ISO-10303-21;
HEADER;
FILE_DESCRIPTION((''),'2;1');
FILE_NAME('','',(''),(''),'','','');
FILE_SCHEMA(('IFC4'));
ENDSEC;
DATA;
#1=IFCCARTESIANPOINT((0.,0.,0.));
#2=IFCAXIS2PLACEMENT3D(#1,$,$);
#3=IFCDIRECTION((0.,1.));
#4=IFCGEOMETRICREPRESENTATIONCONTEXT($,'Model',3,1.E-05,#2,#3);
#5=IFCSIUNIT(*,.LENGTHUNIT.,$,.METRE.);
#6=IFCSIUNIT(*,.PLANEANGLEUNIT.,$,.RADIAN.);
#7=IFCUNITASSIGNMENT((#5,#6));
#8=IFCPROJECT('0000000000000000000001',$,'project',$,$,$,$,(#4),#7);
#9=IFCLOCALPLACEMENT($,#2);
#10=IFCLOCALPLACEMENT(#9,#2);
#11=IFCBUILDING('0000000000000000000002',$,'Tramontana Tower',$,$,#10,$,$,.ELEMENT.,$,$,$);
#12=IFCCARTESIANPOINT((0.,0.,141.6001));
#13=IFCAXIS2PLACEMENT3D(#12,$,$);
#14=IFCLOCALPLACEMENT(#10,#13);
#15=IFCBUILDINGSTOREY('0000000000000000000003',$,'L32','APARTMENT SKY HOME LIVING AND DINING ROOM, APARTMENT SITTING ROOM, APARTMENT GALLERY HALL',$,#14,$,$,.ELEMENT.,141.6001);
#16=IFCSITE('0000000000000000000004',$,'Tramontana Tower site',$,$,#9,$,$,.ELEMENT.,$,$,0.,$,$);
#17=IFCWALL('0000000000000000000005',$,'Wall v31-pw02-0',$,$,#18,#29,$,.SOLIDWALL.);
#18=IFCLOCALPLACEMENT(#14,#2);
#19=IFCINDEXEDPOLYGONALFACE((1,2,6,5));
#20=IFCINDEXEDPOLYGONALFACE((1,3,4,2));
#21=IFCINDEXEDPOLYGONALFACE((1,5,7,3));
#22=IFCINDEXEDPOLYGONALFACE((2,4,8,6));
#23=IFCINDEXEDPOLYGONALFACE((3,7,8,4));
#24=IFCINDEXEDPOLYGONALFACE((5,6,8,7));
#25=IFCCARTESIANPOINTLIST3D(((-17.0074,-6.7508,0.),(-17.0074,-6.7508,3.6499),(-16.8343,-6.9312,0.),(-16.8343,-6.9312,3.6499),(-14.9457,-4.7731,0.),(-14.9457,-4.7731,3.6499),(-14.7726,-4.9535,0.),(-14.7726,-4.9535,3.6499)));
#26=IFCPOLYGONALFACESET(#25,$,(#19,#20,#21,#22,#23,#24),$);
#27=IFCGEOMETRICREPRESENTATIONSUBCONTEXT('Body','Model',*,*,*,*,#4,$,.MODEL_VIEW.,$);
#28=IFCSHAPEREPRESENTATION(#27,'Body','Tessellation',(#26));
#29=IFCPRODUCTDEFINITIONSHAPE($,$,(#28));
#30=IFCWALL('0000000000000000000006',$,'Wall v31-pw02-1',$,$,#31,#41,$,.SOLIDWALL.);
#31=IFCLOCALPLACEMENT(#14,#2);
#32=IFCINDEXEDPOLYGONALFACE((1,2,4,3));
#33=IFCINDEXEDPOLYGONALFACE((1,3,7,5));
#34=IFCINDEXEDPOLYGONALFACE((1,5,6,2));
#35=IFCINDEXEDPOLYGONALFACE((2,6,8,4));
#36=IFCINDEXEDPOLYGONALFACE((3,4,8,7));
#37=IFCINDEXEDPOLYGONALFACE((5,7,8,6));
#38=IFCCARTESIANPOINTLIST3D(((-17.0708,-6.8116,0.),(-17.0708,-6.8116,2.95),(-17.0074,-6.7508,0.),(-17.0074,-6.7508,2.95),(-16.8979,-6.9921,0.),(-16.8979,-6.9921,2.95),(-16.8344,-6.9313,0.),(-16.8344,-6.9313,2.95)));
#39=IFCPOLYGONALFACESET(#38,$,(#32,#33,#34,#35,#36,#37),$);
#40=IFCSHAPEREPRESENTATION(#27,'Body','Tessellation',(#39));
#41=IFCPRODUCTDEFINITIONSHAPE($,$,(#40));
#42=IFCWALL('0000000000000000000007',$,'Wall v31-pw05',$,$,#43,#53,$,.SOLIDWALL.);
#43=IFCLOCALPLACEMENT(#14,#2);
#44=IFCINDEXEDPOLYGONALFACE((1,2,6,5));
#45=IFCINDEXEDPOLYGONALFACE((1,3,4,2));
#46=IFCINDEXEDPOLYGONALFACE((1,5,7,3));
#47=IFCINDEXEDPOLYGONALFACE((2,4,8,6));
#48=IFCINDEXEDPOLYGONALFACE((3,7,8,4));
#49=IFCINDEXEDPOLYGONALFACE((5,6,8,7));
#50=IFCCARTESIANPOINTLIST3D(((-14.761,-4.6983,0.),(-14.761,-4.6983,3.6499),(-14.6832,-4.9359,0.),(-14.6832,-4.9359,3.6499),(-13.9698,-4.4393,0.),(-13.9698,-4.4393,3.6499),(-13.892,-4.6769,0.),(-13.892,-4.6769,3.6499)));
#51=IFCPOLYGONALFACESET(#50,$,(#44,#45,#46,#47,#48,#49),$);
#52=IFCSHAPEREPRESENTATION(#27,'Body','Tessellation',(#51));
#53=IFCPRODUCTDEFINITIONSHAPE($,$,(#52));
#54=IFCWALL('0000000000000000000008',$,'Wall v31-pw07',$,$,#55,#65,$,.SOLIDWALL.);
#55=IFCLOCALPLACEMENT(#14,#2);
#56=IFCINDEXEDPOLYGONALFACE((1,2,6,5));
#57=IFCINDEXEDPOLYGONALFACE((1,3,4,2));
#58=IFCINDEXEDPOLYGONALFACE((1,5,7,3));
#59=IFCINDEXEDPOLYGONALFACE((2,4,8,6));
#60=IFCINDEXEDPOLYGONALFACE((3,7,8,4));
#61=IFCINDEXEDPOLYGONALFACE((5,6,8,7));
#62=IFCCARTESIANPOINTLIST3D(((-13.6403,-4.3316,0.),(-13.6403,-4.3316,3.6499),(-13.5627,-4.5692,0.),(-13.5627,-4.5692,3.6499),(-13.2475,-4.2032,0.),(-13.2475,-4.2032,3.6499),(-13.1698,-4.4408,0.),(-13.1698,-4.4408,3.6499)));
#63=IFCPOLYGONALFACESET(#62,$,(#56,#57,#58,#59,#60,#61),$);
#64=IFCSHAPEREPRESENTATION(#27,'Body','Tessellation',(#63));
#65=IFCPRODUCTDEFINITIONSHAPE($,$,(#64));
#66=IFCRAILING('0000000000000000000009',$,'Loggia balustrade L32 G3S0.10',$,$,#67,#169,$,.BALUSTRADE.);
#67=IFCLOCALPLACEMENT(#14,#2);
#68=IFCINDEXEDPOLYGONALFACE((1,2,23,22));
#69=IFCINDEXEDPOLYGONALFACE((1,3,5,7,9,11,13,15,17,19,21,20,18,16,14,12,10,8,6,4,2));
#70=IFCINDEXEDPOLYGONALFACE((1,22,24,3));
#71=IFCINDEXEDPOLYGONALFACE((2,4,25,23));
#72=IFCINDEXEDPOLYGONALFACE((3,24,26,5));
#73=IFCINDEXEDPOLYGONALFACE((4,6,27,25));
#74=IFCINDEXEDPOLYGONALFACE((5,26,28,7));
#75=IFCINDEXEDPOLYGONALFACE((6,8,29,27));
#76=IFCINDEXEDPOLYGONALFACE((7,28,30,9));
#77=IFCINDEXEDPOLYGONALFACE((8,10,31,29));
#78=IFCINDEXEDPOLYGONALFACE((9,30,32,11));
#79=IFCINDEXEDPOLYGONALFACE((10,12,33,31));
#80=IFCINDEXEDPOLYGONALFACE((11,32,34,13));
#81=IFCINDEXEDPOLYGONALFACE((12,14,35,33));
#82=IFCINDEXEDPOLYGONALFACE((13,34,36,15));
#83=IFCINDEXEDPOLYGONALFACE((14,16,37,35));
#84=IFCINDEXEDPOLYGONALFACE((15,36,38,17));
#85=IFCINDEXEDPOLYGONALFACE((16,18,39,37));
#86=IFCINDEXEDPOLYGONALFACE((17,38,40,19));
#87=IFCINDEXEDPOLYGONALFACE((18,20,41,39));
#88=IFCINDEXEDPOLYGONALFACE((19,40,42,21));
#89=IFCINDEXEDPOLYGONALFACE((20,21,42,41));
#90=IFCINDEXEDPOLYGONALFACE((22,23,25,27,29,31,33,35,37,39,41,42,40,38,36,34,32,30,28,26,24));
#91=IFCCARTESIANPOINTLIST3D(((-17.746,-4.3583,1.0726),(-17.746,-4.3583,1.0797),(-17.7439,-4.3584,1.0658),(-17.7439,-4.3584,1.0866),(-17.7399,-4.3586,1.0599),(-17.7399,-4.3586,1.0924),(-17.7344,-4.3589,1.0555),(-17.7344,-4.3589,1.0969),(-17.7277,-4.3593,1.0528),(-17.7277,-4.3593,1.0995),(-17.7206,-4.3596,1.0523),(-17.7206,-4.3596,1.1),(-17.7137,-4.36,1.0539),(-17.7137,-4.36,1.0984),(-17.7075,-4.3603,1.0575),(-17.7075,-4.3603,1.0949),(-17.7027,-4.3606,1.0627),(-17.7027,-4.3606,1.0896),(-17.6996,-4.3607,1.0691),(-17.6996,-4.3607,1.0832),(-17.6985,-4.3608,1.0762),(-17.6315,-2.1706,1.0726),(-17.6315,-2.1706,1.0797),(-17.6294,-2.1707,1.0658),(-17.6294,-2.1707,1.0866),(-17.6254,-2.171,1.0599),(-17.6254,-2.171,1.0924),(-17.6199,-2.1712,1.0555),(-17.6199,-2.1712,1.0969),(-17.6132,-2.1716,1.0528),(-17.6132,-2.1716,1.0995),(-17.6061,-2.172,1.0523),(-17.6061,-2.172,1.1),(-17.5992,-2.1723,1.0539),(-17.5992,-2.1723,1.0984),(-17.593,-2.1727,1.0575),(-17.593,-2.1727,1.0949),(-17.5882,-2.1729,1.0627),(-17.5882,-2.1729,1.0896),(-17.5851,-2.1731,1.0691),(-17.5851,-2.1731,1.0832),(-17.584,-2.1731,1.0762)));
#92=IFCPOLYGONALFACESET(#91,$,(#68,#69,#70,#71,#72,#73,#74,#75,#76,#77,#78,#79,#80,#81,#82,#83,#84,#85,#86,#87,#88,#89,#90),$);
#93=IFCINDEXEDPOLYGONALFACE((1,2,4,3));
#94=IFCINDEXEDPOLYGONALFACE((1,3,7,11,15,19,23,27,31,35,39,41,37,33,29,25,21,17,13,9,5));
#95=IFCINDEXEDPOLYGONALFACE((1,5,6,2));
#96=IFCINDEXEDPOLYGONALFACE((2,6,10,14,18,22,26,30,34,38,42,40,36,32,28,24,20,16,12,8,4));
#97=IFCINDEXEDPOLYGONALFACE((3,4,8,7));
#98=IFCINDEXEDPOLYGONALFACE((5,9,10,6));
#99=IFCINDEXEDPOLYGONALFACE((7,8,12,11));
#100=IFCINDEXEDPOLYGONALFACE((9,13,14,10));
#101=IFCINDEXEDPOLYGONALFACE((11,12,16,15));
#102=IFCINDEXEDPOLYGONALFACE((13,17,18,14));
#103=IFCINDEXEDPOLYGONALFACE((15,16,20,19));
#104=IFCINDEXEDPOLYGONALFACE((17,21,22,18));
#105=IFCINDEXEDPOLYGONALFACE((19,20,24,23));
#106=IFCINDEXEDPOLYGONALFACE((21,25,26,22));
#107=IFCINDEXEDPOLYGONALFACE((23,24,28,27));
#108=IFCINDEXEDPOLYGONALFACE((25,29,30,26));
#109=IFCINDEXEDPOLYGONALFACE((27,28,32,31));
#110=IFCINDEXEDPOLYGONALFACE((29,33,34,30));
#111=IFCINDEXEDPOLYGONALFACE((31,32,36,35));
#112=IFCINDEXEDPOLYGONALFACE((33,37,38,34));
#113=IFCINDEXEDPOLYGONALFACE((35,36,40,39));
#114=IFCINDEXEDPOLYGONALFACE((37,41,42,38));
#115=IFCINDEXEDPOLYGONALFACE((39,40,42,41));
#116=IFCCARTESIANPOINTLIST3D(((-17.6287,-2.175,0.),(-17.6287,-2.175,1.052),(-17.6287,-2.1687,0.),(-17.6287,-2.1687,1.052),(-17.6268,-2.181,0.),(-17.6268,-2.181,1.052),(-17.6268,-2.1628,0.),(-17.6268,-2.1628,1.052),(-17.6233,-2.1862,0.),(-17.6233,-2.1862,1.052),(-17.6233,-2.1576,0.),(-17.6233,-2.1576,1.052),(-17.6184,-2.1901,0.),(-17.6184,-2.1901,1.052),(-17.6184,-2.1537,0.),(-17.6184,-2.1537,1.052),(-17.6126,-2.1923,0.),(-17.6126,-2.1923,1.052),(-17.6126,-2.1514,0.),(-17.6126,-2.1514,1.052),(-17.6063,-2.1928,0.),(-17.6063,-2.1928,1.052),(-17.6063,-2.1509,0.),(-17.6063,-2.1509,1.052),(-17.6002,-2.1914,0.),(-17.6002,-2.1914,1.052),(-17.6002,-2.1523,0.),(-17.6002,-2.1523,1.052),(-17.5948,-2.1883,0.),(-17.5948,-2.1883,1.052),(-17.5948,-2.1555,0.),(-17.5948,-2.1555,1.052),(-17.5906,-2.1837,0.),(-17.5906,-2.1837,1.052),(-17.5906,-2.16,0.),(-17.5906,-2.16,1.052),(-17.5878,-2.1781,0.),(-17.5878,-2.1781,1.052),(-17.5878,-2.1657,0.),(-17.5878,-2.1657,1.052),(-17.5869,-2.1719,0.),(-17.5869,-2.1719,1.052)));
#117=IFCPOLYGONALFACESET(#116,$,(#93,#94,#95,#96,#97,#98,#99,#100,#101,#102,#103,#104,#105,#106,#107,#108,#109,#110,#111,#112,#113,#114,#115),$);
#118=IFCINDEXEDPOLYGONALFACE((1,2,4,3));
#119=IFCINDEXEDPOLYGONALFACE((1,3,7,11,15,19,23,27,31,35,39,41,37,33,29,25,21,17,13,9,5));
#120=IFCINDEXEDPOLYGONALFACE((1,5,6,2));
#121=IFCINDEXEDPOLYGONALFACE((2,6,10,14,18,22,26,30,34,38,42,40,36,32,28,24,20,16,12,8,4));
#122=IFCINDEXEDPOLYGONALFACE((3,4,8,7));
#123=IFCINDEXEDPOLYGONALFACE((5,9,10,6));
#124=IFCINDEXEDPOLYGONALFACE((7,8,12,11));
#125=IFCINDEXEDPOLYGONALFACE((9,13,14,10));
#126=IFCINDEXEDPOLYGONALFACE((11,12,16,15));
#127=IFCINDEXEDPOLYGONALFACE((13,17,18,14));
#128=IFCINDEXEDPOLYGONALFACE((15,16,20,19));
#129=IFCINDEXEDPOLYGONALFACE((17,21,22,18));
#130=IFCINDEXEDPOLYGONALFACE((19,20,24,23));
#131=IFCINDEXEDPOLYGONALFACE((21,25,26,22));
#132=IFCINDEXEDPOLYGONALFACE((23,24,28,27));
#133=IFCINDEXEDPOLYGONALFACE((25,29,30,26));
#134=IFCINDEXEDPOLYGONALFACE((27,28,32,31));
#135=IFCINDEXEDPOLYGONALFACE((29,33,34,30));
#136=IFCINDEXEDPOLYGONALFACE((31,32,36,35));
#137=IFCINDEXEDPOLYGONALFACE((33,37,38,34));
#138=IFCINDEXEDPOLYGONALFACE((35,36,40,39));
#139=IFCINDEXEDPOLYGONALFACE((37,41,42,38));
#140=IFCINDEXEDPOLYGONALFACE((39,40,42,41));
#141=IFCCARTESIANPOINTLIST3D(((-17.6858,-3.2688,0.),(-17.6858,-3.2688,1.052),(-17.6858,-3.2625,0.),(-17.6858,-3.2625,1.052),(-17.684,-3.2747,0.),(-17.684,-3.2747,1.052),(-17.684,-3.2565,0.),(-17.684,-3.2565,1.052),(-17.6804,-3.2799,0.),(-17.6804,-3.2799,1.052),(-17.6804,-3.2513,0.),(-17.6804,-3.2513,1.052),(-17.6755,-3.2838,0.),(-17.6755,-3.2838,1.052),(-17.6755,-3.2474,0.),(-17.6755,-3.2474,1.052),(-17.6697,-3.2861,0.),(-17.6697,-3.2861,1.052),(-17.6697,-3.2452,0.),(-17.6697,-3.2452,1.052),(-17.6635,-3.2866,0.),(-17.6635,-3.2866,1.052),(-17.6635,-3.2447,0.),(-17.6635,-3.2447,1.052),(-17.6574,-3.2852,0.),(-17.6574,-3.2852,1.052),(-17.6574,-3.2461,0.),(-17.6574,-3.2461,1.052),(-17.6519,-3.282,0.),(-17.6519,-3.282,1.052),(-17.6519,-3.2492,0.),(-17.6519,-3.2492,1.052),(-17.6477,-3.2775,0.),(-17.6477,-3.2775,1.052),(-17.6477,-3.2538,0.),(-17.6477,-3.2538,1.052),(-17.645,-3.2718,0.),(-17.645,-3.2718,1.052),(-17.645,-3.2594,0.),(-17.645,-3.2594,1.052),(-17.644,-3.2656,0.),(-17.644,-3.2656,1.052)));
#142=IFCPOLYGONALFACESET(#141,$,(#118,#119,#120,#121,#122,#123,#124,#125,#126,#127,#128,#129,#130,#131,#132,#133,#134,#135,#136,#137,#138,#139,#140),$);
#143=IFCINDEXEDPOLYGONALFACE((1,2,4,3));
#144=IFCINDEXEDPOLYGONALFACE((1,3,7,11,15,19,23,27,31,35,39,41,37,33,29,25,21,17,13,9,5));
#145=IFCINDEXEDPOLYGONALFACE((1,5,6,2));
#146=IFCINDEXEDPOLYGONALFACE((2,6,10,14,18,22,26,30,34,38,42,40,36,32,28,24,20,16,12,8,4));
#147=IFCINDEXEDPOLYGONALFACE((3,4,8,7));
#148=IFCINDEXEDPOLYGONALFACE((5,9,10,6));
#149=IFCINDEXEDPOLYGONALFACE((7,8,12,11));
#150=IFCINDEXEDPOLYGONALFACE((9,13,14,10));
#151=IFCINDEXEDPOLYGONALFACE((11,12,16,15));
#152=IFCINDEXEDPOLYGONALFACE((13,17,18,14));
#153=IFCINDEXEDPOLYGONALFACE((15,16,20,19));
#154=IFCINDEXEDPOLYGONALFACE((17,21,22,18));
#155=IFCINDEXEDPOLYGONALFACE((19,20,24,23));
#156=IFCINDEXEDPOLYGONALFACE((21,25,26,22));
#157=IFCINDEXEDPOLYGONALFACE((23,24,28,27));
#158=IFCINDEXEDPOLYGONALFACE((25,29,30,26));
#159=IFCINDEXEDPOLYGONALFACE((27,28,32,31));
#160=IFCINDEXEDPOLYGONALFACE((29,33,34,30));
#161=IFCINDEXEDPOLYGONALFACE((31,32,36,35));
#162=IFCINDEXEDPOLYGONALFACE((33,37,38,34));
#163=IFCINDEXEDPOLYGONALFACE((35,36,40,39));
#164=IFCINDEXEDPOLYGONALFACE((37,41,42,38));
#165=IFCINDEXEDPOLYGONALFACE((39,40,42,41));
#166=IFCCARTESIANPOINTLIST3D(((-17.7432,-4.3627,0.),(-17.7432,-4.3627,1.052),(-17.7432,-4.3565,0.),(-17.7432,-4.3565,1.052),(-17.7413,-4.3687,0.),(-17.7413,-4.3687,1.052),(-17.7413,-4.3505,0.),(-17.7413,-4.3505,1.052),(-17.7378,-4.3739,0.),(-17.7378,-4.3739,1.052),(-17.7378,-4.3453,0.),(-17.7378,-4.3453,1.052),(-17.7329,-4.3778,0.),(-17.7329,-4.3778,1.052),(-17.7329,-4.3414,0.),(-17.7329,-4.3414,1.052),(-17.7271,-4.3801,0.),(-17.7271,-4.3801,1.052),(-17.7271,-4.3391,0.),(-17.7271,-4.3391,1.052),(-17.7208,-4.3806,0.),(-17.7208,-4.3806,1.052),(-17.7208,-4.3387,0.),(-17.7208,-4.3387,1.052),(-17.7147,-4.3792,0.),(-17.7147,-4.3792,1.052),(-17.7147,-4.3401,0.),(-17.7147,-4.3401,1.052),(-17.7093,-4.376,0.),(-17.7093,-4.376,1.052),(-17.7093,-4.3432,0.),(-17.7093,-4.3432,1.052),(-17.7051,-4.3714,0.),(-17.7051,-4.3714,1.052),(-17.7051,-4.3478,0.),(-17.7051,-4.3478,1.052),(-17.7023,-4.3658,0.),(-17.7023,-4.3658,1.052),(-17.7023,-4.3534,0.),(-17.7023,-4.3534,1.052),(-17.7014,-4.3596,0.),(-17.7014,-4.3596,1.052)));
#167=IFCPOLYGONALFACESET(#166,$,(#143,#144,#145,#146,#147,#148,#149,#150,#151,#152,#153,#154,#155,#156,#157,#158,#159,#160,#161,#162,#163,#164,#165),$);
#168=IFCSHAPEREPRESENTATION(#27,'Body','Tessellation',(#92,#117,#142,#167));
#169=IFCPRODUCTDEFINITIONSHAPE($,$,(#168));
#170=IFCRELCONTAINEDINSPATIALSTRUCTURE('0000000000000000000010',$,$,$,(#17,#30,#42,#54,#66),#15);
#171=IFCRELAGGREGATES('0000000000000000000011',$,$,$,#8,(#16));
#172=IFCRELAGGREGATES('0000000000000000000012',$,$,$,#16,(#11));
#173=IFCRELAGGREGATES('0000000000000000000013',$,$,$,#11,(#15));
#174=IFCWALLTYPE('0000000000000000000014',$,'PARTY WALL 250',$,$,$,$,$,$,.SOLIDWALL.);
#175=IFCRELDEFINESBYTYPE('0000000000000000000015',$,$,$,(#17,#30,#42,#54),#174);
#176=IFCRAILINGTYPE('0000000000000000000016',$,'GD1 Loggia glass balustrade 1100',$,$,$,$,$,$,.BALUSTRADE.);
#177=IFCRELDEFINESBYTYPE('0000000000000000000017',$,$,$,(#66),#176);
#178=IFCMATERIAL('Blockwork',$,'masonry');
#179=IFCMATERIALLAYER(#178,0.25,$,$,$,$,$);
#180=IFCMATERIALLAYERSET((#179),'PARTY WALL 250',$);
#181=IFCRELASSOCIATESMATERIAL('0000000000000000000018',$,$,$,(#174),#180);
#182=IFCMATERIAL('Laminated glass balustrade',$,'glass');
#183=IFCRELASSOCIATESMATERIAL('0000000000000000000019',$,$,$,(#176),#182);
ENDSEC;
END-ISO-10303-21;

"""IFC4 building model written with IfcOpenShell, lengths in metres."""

from ifc_helpers import new_model, si_unit, direction, frame, frame_2d, origin, origin_2d, place, context, subcontext, project, spatial, rectangle, circle, extrude, material, layer, layer_set, type_object, element, save


model = new_model("IFC4")

# Units and contexts
model_context = context("Model", 3, precision=1e-05, world=origin(), true_north=direction((0.0, 1.0)))
body_context = subcontext(model_context, "Body", "Model", "MODEL_VIEW")
ifc_project = project(units=[si_unit("LENGTHUNIT", "METRE"), si_unit("PLANEANGLEUNIT", "RADIAN")], contexts=[model_context])

# Site, building, storey
site_placement = place(None, origin())
site = spatial("IfcSite", under=ifc_project, at=site_placement, Name="Tramontana Tower site", CompositionType="ELEMENT", RefElevation=0.0)
building_placement = place(site_placement, origin())
building = spatial("IfcBuilding", under=site, at=building_placement, Name="Tramontana Tower", CompositionType="ELEMENT")
storey_placement = place(building_placement, frame((0.0, 0.0, 141.6001)))
storey = spatial("IfcBuildingStorey", under=building, at=storey_placement, Name="L32", Description="APARTMENT SKY HOME LIVING AND DINING ROOM, APARTMENT SITTING ROOM, APARTMENT GALLERY HALL", CompositionType="ELEMENT", Elevation=141.6001)

# Walls
ifc_material_1 = material(Name="Blockwork", Category="masonry")
ifc_layer_1 = layer(ifc_material_1, 0.25)
ifc_layer_set_1 = layer_set([ifc_layer_1], Name="PARTY WALL 250")
wall_type_1 = type_object("IfcWallType", Name="PARTY WALL 250", PredefinedType="SOLIDWALL", material=ifc_layer_set_1)
wall_1_placement = place(storey_placement, frame((-14.8591, -4.8633, 0.0), z_axis=(0.0, 0.0, 1.0), x_axis=(-0.721652, -0.692256, 0.0)))
element("IfcWall", 1, at=wall_1_placement, inside=storey, type_object=wall_type_1, Name="Wall v31-pw02-0", PredefinedType="SOLIDWALL", context=body_context, shape_type="SweptSolid", body=[
    extrude(rectangle(XDim=2.8569, YDim=0.25, at=frame_2d((1.4285, 0.0))), origin(), (0.0, 0.0, 1.0), 3.6499),
])
wall_2_placement = place(storey_placement, frame((-16.9209, -6.8411, 0.0), z_axis=(0.0, 0.0, 1.0), x_axis=(-0.722219, -0.691664, 0.0)))
element("IfcWall", 2, at=wall_2_placement, inside=storey, type_object=wall_type_1, Name="Wall v31-pw02-1", PredefinedType="SOLIDWALL", context=body_context, shape_type="SweptSolid", body=[
    extrude(rectangle(XDim=0.0879, YDim=0.25, at=frame_2d((0.0439, 0.0))), origin(), (0.0, 0.0, 1.0), 2.95),
])
wall_3_placement = place(storey_placement, frame((-13.9309, -4.5581, 0.0), z_axis=(0.0, 0.0, 1.0), x_axis=(-0.95037, -0.311121, 0.0)))
element("IfcWall", 3, at=wall_3_placement, inside=storey, type_object=wall_type_1, Name="Wall v31-pw05", PredefinedType="SOLIDWALL", context=body_context, shape_type="SweptSolid", body=[
    extrude(rectangle(XDim=0.8325, YDim=0.25, at=frame_2d((0.4163, 0.0))), origin(), (0.0, 0.0, 1.0), 3.6499),
])
wall_4_placement = place(storey_placement, frame((-13.2087, -4.322, 0.0), z_axis=(0.0, 0.0, 1.0), x_axis=(-0.950499, -0.310729, 0.0)))
element("IfcWall", 4, at=wall_4_placement, inside=storey, type_object=wall_type_1, Name="Wall v31-pw07", PredefinedType="SOLIDWALL", context=body_context, shape_type="SweptSolid", body=[
    extrude(rectangle(XDim=0.4133, YDim=0.25, at=frame_2d((0.2065, 0.0))), origin(), (0.0, 0.0, 1.0), 3.6499),
])

# Railing
ifc_material_2 = material(Name="Laminated glass balustrade", Category="glass")
railing_type = type_object("IfcRailingType", Name="GD1 Loggia glass balustrade 1100", PredefinedType="BALUSTRADE", material=ifc_material_2)
railing_placement = place(storey_placement, frame((-17.6079, -2.1719, 0.0)))
element("IfcRailing", 5, at=railing_placement, inside=storey, type_object=railing_type, Name="Loggia balustrade L32 G3S0.10", PredefinedType="BALUSTRADE", context=body_context, shape_type="SweptSolid", body=[
    extrude(circle(Radius=0.0239, at=origin_2d()), frame((0.0, 0.0, 1.0762), z_axis=(-0.052266, -0.998633, 0.0), x_axis=(0.998633, -0.052266, 0.0)), (0.0, 0.0, 1.0), 2.1907),
    extrude(circle(Radius=0.021, at=origin_2d()), origin(), (0.0, 0.0, 1.0), 1.052),
    extrude(circle(Radius=0.021, at=origin_2d()), frame((-0.0571, -1.0938, 0.0)), (0.0, 0.0, 1.0), 1.052),
    extrude(circle(Radius=0.021, at=origin_2d()), frame((-0.1145, -2.1877, 0.0)), (0.0, 0.0, 1.0), 1.052),
])

save(model, "model.ifc")
